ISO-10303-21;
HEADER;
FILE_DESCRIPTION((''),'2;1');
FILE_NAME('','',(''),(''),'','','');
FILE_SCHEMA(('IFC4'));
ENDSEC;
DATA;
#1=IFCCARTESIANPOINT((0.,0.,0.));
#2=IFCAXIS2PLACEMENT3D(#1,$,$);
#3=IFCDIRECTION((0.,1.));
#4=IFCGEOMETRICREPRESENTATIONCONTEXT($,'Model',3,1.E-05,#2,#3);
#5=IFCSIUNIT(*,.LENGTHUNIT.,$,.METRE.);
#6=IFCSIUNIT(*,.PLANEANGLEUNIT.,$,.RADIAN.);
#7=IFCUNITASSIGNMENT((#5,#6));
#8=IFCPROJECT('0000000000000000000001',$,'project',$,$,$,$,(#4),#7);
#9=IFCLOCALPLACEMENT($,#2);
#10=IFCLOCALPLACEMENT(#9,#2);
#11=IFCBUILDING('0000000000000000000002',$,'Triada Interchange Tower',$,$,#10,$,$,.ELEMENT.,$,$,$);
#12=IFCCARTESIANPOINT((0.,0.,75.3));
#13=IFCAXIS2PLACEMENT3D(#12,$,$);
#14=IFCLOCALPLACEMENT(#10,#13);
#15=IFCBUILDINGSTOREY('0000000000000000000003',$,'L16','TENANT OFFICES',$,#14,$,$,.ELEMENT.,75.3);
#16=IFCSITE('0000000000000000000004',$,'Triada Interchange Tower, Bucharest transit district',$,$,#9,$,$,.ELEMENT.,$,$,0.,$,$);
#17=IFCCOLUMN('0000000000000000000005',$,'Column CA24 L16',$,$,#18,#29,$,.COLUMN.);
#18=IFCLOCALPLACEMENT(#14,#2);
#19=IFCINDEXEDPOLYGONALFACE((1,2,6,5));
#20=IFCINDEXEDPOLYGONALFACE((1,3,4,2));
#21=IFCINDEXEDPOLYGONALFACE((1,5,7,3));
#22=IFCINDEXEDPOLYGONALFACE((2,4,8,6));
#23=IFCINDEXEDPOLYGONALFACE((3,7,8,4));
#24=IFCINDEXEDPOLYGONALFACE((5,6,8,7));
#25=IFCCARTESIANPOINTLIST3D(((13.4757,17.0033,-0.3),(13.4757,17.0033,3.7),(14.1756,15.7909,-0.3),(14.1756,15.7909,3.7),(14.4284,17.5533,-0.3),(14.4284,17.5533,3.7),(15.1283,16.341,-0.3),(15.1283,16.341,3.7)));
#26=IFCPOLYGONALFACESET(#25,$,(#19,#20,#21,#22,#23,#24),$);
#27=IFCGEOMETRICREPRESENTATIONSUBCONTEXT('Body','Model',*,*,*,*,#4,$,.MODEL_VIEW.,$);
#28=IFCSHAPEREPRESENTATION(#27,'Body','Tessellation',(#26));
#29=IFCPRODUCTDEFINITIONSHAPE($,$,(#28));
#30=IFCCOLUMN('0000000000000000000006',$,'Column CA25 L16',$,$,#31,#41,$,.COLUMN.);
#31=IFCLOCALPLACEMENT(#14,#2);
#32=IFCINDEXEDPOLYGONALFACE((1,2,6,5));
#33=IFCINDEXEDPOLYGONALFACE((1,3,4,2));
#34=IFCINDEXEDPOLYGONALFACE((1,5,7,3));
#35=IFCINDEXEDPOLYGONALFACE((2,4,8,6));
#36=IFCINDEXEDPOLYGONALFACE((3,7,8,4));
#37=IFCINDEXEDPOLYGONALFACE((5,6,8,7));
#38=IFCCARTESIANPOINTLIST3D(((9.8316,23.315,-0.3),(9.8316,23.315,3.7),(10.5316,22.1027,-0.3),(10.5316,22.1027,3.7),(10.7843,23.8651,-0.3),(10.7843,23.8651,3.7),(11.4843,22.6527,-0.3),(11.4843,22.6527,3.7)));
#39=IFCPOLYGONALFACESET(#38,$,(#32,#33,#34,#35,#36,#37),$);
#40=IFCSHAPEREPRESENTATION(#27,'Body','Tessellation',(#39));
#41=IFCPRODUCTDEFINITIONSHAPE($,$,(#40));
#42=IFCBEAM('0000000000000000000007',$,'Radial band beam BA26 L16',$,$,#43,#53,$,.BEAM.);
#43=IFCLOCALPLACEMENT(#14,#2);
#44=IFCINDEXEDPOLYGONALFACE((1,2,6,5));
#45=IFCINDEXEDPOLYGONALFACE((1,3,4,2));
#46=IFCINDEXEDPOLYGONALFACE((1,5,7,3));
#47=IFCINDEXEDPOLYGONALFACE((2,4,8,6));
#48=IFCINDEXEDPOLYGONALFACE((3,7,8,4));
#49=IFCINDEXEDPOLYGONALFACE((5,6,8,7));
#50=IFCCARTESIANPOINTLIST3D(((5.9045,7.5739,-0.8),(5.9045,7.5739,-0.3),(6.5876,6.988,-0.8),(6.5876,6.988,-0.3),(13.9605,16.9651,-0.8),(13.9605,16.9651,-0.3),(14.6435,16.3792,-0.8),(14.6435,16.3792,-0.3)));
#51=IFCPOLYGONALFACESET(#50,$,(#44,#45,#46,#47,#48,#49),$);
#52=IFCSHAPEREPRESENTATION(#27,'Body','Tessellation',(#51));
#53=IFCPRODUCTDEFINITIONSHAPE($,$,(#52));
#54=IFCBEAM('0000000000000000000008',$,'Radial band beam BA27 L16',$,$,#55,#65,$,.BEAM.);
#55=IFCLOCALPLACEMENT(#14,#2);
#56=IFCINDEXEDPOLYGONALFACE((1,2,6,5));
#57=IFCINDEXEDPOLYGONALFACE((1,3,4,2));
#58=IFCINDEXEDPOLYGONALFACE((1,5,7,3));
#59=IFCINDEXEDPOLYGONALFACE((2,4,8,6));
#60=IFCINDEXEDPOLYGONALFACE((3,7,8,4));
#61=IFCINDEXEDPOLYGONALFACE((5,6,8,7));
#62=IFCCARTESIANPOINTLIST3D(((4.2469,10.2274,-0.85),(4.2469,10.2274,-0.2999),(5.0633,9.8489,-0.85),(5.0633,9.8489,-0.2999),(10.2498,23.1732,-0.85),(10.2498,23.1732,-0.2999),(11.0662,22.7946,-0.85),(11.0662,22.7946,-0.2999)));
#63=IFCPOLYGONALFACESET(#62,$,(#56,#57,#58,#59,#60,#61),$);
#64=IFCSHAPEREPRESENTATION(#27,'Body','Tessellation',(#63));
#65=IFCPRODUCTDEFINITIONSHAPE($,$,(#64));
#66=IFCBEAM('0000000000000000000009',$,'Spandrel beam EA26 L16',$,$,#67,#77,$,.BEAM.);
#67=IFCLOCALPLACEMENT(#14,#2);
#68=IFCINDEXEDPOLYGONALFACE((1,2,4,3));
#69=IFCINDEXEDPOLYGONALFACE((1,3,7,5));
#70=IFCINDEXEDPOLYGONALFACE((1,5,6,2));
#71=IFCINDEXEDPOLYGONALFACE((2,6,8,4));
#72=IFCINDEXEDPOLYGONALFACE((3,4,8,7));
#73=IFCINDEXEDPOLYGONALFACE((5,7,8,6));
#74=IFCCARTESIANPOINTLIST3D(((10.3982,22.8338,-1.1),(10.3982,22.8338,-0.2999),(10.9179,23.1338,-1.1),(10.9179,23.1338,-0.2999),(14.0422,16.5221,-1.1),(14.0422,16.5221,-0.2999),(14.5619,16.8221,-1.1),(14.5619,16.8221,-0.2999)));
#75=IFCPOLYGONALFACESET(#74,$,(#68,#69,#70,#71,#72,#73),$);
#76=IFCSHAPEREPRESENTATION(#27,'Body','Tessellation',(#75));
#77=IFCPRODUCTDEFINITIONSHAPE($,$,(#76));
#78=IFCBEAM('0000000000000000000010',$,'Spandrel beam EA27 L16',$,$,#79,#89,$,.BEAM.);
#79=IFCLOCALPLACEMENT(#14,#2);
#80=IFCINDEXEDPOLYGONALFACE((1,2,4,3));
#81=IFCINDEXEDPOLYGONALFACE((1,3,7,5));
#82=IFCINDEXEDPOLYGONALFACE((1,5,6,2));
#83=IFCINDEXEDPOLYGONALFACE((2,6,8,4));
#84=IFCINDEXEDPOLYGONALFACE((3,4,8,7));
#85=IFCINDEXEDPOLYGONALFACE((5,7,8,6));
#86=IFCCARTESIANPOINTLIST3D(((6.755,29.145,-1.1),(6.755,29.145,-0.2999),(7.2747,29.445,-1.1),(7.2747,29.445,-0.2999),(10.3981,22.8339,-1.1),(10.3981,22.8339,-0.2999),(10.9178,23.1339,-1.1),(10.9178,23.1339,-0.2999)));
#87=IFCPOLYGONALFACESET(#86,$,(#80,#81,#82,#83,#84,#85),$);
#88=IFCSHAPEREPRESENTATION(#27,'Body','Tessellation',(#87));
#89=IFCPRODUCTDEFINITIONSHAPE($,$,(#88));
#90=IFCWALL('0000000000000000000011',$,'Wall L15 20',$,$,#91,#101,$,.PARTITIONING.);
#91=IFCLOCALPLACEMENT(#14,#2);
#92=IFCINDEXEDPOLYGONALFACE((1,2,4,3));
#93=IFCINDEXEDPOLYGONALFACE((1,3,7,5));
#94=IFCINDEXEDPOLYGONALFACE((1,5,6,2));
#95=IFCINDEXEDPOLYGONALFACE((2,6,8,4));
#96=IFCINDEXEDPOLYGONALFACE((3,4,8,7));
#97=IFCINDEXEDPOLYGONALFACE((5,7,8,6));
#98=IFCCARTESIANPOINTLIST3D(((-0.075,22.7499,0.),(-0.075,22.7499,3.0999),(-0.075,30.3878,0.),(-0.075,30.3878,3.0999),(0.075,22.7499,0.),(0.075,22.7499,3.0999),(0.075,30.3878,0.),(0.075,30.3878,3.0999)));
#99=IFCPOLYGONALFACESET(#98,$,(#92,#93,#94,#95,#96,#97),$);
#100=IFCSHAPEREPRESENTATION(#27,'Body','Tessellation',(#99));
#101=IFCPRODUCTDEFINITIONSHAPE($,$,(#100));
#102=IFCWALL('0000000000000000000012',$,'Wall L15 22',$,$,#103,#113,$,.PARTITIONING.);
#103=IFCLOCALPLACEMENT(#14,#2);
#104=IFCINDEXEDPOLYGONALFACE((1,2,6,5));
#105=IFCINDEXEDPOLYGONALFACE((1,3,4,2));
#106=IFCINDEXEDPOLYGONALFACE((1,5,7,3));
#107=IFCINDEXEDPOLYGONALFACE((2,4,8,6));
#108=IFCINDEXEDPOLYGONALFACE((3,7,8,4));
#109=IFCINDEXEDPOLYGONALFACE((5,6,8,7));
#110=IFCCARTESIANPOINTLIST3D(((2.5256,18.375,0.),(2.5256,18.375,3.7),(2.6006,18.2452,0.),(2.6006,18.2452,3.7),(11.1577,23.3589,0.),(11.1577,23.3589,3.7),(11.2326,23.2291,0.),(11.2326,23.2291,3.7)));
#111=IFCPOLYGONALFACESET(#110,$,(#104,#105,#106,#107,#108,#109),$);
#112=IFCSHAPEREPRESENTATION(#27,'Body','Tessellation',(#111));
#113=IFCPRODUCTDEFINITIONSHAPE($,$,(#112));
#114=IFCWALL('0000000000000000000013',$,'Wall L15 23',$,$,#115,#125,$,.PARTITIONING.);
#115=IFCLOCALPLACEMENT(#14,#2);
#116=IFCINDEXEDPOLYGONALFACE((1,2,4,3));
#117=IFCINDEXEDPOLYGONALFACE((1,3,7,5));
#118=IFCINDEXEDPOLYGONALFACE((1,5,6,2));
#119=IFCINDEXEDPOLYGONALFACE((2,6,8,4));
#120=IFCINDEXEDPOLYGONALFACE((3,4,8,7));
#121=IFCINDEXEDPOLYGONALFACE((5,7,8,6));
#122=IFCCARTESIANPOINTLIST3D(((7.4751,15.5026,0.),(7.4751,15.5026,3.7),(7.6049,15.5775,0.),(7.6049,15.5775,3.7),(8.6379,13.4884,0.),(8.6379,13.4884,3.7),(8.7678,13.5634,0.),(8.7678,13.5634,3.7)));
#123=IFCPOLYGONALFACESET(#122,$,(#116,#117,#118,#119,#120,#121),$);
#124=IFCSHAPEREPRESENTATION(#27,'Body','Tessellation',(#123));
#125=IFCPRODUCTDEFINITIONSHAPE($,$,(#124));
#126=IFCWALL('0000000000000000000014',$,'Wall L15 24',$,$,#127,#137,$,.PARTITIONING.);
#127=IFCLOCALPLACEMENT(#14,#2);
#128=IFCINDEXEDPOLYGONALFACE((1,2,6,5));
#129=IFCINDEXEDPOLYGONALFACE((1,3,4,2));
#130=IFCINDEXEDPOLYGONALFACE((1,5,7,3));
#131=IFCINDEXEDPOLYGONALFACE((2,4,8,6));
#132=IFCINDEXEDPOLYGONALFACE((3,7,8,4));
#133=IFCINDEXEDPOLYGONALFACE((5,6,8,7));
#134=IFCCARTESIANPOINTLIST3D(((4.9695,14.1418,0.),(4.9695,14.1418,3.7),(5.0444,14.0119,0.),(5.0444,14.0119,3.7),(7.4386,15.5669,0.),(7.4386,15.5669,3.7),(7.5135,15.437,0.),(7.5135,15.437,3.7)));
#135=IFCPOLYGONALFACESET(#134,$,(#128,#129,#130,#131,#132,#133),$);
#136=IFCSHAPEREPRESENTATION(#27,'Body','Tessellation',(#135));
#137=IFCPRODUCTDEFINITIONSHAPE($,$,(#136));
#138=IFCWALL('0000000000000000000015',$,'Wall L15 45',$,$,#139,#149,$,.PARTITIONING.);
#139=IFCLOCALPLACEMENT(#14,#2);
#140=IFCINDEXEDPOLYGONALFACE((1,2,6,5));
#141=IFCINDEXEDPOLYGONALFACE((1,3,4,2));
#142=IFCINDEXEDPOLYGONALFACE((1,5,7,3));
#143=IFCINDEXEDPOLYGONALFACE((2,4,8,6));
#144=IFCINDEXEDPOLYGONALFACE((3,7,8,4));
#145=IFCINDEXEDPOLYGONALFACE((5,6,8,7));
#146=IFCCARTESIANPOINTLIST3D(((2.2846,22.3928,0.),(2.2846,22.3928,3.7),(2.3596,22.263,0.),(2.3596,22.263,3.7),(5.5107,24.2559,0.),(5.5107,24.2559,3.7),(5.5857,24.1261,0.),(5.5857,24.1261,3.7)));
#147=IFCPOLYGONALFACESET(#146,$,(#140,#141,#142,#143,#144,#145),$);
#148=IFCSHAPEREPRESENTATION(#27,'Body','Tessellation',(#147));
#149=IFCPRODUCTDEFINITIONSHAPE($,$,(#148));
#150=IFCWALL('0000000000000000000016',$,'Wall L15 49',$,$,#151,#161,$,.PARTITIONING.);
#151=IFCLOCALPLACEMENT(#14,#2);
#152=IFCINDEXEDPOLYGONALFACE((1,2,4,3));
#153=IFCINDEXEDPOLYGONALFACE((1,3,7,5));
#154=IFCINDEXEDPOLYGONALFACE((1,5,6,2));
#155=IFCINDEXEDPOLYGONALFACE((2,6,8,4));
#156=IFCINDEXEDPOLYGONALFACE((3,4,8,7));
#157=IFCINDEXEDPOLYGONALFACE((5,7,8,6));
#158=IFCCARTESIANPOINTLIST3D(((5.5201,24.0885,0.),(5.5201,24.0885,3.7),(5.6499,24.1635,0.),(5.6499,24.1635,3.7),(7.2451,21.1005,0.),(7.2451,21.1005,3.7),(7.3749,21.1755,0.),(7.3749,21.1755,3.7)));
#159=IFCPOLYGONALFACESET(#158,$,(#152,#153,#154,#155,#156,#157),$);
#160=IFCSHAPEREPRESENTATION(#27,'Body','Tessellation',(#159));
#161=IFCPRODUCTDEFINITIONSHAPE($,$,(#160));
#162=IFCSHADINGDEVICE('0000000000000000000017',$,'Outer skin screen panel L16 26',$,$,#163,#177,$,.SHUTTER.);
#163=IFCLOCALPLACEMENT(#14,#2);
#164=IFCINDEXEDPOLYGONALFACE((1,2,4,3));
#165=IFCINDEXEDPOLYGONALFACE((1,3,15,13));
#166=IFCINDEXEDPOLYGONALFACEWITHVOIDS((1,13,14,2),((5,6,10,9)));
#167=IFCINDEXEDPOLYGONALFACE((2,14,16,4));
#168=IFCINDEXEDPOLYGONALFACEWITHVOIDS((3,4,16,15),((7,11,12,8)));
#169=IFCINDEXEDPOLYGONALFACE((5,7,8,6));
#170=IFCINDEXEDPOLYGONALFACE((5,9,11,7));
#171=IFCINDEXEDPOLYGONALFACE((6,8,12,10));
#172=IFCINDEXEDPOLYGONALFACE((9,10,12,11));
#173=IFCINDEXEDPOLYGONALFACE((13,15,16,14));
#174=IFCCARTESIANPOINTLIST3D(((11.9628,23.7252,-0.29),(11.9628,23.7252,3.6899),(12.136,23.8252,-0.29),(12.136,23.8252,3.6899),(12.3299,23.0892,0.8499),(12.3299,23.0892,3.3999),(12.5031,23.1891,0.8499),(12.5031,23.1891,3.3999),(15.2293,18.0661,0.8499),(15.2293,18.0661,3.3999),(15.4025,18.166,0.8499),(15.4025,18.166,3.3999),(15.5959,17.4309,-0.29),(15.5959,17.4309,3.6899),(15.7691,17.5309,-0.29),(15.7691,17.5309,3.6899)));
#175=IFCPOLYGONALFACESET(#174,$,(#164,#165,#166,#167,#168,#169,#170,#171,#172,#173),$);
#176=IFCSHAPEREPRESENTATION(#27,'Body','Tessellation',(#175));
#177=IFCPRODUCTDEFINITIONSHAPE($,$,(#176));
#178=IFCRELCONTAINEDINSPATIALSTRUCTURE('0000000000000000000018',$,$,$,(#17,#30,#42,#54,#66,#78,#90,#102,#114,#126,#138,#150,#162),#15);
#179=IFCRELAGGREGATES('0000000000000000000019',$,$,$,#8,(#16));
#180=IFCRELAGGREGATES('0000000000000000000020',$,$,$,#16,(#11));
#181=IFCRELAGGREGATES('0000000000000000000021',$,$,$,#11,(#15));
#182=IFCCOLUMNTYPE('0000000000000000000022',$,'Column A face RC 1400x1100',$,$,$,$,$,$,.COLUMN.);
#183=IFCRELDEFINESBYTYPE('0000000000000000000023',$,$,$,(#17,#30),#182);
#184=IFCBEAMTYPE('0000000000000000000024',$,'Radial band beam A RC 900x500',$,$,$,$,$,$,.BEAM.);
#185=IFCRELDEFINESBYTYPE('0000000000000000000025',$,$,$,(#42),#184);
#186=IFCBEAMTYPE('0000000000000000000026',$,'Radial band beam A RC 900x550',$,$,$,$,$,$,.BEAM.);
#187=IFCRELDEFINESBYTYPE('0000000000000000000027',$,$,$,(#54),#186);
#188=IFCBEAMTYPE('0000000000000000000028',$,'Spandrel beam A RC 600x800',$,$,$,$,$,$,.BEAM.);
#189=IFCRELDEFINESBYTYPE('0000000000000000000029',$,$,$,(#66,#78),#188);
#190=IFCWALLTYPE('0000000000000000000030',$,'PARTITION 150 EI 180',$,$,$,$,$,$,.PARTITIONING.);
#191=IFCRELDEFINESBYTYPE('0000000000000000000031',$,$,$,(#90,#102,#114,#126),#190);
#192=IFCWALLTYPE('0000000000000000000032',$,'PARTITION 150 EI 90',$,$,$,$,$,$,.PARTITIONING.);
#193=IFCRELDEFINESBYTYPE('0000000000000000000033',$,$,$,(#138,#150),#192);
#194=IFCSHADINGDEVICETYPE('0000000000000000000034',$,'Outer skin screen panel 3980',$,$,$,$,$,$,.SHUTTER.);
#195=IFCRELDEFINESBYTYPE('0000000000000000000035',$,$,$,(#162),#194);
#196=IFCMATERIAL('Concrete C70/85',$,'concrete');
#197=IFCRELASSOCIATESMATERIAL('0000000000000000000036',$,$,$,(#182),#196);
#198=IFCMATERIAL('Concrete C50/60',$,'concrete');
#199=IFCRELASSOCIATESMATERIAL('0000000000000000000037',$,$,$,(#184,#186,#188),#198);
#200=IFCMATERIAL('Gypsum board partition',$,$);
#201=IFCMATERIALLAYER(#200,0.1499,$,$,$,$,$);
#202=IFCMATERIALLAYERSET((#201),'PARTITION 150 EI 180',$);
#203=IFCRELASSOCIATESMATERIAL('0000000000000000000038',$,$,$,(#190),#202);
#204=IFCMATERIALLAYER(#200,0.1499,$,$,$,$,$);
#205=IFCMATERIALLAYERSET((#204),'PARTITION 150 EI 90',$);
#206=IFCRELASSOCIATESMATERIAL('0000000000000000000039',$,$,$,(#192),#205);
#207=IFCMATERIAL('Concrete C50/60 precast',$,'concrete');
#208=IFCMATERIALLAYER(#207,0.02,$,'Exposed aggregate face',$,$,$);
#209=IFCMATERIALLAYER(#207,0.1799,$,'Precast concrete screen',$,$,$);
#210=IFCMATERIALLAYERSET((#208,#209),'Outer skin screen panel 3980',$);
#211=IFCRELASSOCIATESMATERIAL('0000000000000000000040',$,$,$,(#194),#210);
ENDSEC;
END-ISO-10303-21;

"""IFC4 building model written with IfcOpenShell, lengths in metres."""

from ifc_helpers import new_model, si_unit, direction, frame, frame_2d, origin, origin_2d, place, context, subcontext, project, spatial, polyline, rectangle, outline, extrude, material, layer, layer_set, material_profile, profile_set, type_object, element, save


model = new_model("IFC4")

# Units and contexts
model_context = context("Model", 3, precision=1e-05, world=origin(), true_north=direction((0.0, 1.0)))
body_context = subcontext(model_context, "Body", "Model", "MODEL_VIEW")
ifc_project = project(units=[si_unit("LENGTHUNIT", "METRE"), si_unit("PLANEANGLEUNIT", "RADIAN")], contexts=[model_context])

# Site, building, storey
site_placement = place(None, origin())
site = spatial("IfcSite", under=ifc_project, at=site_placement, Name="Triada Interchange Tower, Bucharest transit district", CompositionType="ELEMENT", RefElevation=0.0)
building_placement = place(site_placement, origin())
building = spatial("IfcBuilding", under=site, at=building_placement, Name="Triada Interchange Tower", CompositionType="ELEMENT")
storey_placement = place(building_placement, frame((0.0, 0.0, 75.3)))
storey = spatial("IfcBuildingStorey", under=building, at=storey_placement, Name="L16", Description="TENANT OFFICES", CompositionType="ELEMENT", Elevation=75.3)

# Columns
ifc_material_1 = material(Name="Concrete C70/85", Category="concrete")
ifc_material_profile_1 = material_profile(ifc_material_1, rectangle(XDim=1.3999, YDim=1.1001, at=origin_2d()), Name="RC 1400x1100")
ifc_profile_set_1 = profile_set([ifc_material_profile_1], Name="Concrete C70/85")
column_type = type_object("IfcColumnType", Name="Column A face RC 1400x1100", PredefinedType="COLUMN", material=ifc_profile_set_1)
for number, where, z_axis, x_axis, name in (
    (1, (14.302, 16.6721, -0.3), (0.0, 0.0, 1.0), (-0.5, 0.866025, 0.0), "Column CA24 L16"),
    (2, (10.658, 22.9839, -0.3), (0.0, 0.0, 1.0), (-0.5, 0.866025, 0.0), "Column CA25 L16"),
):
    element("IfcColumn", number, at=place(storey_placement, frame(where, z_axis=z_axis, x_axis=x_axis)), inside=storey, type_object=column_type, Name=name, PredefinedType="COLUMN", context=body_context, shape_type="SweptSolid", body=[
        extrude(rectangle(XDim=1.3999, YDim=1.1001, at=origin_2d()), origin(), (0.0, 0.0, 1.0), 4.0),
    ])

# Beams
ifc_material_2 = material(Name="Concrete C50/60", Category="concrete")
ifc_material_profile_2 = material_profile(ifc_material_2, rectangle(XDim=0.8999, YDim=0.5, at=origin_2d()), Name="RC 900x500")
ifc_profile_set_2 = profile_set([ifc_material_profile_2], Name="Concrete C50/60")
beam_type_1 = type_object("IfcBeamType", Name="Radial band beam A RC 900x500", PredefinedType="BEAM", material=ifc_profile_set_2)
beam_1_placement = place(storey_placement, frame((14.302, 16.6721, -0.55), z_axis=(-0.651089, -0.759002, 0.0), x_axis=(0.759002, -0.651089, 0.0)))
element("IfcBeam", 3, at=beam_1_placement, inside=storey, type_object=beam_type_1, Name="Radial band beam BA26 L16", PredefinedType="BEAM", context=body_context, shape_type="SweptSolid", body=[
    extrude(rectangle(XDim=0.8999, YDim=0.5, at=origin_2d()), origin(), (0.0, 0.0, 1.0), 12.373),
])
ifc_material_profile_3 = material_profile(ifc_material_2, rectangle(XDim=0.8999, YDim=0.55, at=origin_2d()), Name="RC 900x550")
ifc_profile_set_3 = profile_set([ifc_material_profile_3], Name="Concrete C50/60")
beam_type_2 = type_object("IfcBeamType", Name="Radial band beam A RC 900x550", PredefinedType="BEAM", material=ifc_profile_set_3)
beam_2_placement = place(storey_placement, frame((10.658, 22.9839, -0.575), z_axis=(-0.420672, -0.907213, 0.0), x_axis=(0.907213, -0.420672, 0.0)))
element("IfcBeam", 4, at=beam_2_placement, inside=storey, type_object=beam_type_2, Name="Radial band beam BA27 L16", PredefinedType="BEAM", context=body_context, shape_type="SweptSolid", body=[
    extrude(rectangle(XDim=0.8999, YDim=0.55, at=origin_2d()), origin(), (0.0, 0.0, 1.0), 14.2698),
])
ifc_material_profile_4 = material_profile(ifc_material_2, rectangle(XDim=0.6001, YDim=0.8, at=origin_2d()), Name="RC 600x800")
ifc_profile_set_4 = profile_set([ifc_material_profile_4], Name="Concrete C50/60")
beam_type_3 = type_object("IfcBeamType", Name="Spandrel beam A RC 600x800", PredefinedType="BEAM", material=ifc_profile_set_4)
beam_3_placement = place(storey_placement, frame((14.302, 16.6721, -0.7), z_axis=(-0.499994, 0.866029, 0.0), x_axis=(-0.866029, -0.499994, 0.0)))
element("IfcBeam", 5, at=beam_3_placement, inside=storey, type_object=beam_type_3, Name="Spandrel beam EA26 L16", PredefinedType="BEAM", context=body_context, shape_type="SweptSolid", body=[
    extrude(rectangle(XDim=0.6001, YDim=0.8, at=origin_2d()), origin(), (0.0, 0.0, 1.0), 7.2881),
])
beam_4_placement = place(storey_placement, frame((10.658, 22.9839, -0.7), z_axis=(-0.499937, 0.866062, 0.0), x_axis=(-0.866062, -0.499937, 0.0)))
element("IfcBeam", 6, at=beam_4_placement, inside=storey, type_object=beam_type_3, Name="Spandrel beam EA27 L16", PredefinedType="BEAM", context=body_context, shape_type="SweptSolid", body=[
    extrude(rectangle(XDim=0.6001, YDim=0.8, at=origin_2d()), origin(), (0.0, 0.0, 1.0), 7.2871),
])

# Wall
ifc_material_3 = material(Name="Gypsum board partition")
ifc_layer_1 = layer(ifc_material_3, 0.1499)
ifc_layer_set_1 = layer_set([ifc_layer_1], Name="PARTITION 150 EI 180")
wall_type_1 = type_object("IfcWallType", Name="PARTITION 150 EI 180", PredefinedType="PARTITIONING", material=ifc_layer_set_1)
wall_1_placement = place(storey_placement, frame((0.0, 22.75, 0.0), z_axis=(0.0, 0.0, 1.0), x_axis=(0.0, 1.0, 0.0)))
element("IfcWall", 7, at=wall_1_placement, inside=storey, type_object=wall_type_1, Name="Wall L15 20", PredefinedType="PARTITIONING", context=body_context, shape_type="SweptSolid", body=[
    extrude(rectangle(XDim=7.6379, YDim=0.1499, at=frame_2d((3.8188, 0.0))), origin(), (0.0, 0.0, 1.0), 3.0999),
])

# Walls
wall_2_placement = place(storey_placement, frame((2.563, 18.3101, 0.0), z_axis=(0.0, 0.0, 1.0), x_axis=(0.866019, 0.500012, 0.0)))
element("IfcWall", 8, at=wall_2_placement, inside=storey, type_object=wall_type_1, Name="Wall L15 22", PredefinedType="PARTITIONING", context=body_context, shape_type="SweptSolid", body=[
    extrude(rectangle(XDim=9.9675, YDim=0.1499, at=frame_2d((4.9839, 0.0))), origin(), (0.0, 0.0, 1.0), 3.7),
])
wall_3_placement = place(storey_placement, frame((7.54, 15.54, 0.0), z_axis=(0.0, 0.0, 1.0), x_axis=(0.499989, -0.866032, 0.0)))
element("IfcWall", 9, at=wall_3_placement, inside=storey, type_object=wall_type_1, Name="Wall L15 23", PredefinedType="PARTITIONING", context=body_context, shape_type="SweptSolid", body=[
    extrude(rectangle(XDim=2.3257, YDim=0.1499, at=frame_2d((1.1628, 0.0))), origin(), (0.0, 0.0, 1.0), 3.7),
])
wall_4_placement = place(storey_placement, frame((5.0071, 14.0769, 0.0), z_axis=(0.0, 0.0, 1.0), x_axis=(0.86609, 0.499888, 0.0)))
element("IfcWall", 10, at=wall_4_placement, inside=storey, type_object=wall_type_1, Name="Wall L15 24", PredefinedType="PARTITIONING", context=body_context, shape_type="SweptSolid", body=[
    extrude(rectangle(XDim=2.8508, YDim=0.1499, at=frame_2d((1.4253, 0.0))), origin(), (0.0, 0.0, 1.0), 3.7),
])
ifc_layer_2 = layer(ifc_material_3, 0.1499)
ifc_layer_set_2 = layer_set([ifc_layer_2], Name="PARTITION 150 EI 90")
wall_type_2 = type_object("IfcWallType", Name="PARTITION 150 EI 90", PredefinedType="PARTITIONING", material=ifc_layer_set_2)
wall_5_placement = place(storey_placement, frame((2.322, 22.3279, 0.0), z_axis=(0.0, 0.0, 1.0), x_axis=(0.865972, 0.500093, 0.0)))
element("IfcWall", 11, at=wall_5_placement, inside=storey, type_object=wall_type_2, Name="Wall L15 45", PredefinedType="PARTITIONING", context=body_context, shape_type="SweptSolid", body=[
    extrude(rectangle(XDim=3.7253, YDim=0.1499, at=frame_2d((1.8628, 0.0))), origin(), (0.0, 0.0, 1.0), 3.7),
])
wall_6_placement = place(storey_placement, frame((5.585, 24.126, 0.0), z_axis=(0.0, 0.0, 1.0), x_axis=(0.49999, -0.866031, 0.0)))
element("IfcWall", 12, at=wall_6_placement, inside=storey, type_object=wall_type_2, Name="Wall L15 49", PredefinedType="PARTITIONING", context=body_context, shape_type="SweptSolid", body=[
    extrude(rectangle(XDim=3.4502, YDim=0.1499, at=frame_2d((1.7251, 0.0))), origin(), (0.0, 0.0, 1.0), 3.7),
])

# Shading device
ifc_material_4 = material(Name="Concrete C50/60 precast", Category="concrete")
ifc_layer_3 = layer(ifc_material_4, 0.02, Name="Exposed aggregate face")
ifc_layer_4 = layer(ifc_material_4, 0.1799, Name="Precast concrete screen")
ifc_layer_set_3 = layer_set([ifc_layer_3, ifc_layer_4], Name="Outer skin screen panel 3980")
shading_device_type = type_object("IfcShadingDeviceType", Name="Outer skin screen panel 3980", PredefinedType="SHUTTER", material=ifc_layer_set_3)
shading_device_1_placement = place(storey_placement, frame((15.5959, 17.4309, -0.29), z_axis=(0.0, 0.0, 1.0), x_axis=(-0.499908, 0.866079, 0.0)))
element("IfcShadingDevice", 13, at=shading_device_1_placement, inside=storey, type_object=shading_device_type, Name="Outer skin screen panel L16 26", PredefinedType="SHUTTER", context=body_context, shape_type="SweptSolid", body=[
    extrude(outline(polyline([(0.0, 0.0), (7.2676, 0.0), (7.2676, 3.98), (0.0, 3.98), (0.0, 0.0)]), holes=[polyline([(0.7334, 1.1399), (0.7334, 3.6899), (6.5332, 3.6899), (6.5332, 1.1399), (0.7334, 1.1399)])]), frame((0.0, 0.0, 0.0), z_axis=(0.0, -1.0, 0.0), x_axis=(1.0, 0.0, 0.0)), (0.0, 0.0, 1.0), 0.2),
])

save(model, "model.ifc")
